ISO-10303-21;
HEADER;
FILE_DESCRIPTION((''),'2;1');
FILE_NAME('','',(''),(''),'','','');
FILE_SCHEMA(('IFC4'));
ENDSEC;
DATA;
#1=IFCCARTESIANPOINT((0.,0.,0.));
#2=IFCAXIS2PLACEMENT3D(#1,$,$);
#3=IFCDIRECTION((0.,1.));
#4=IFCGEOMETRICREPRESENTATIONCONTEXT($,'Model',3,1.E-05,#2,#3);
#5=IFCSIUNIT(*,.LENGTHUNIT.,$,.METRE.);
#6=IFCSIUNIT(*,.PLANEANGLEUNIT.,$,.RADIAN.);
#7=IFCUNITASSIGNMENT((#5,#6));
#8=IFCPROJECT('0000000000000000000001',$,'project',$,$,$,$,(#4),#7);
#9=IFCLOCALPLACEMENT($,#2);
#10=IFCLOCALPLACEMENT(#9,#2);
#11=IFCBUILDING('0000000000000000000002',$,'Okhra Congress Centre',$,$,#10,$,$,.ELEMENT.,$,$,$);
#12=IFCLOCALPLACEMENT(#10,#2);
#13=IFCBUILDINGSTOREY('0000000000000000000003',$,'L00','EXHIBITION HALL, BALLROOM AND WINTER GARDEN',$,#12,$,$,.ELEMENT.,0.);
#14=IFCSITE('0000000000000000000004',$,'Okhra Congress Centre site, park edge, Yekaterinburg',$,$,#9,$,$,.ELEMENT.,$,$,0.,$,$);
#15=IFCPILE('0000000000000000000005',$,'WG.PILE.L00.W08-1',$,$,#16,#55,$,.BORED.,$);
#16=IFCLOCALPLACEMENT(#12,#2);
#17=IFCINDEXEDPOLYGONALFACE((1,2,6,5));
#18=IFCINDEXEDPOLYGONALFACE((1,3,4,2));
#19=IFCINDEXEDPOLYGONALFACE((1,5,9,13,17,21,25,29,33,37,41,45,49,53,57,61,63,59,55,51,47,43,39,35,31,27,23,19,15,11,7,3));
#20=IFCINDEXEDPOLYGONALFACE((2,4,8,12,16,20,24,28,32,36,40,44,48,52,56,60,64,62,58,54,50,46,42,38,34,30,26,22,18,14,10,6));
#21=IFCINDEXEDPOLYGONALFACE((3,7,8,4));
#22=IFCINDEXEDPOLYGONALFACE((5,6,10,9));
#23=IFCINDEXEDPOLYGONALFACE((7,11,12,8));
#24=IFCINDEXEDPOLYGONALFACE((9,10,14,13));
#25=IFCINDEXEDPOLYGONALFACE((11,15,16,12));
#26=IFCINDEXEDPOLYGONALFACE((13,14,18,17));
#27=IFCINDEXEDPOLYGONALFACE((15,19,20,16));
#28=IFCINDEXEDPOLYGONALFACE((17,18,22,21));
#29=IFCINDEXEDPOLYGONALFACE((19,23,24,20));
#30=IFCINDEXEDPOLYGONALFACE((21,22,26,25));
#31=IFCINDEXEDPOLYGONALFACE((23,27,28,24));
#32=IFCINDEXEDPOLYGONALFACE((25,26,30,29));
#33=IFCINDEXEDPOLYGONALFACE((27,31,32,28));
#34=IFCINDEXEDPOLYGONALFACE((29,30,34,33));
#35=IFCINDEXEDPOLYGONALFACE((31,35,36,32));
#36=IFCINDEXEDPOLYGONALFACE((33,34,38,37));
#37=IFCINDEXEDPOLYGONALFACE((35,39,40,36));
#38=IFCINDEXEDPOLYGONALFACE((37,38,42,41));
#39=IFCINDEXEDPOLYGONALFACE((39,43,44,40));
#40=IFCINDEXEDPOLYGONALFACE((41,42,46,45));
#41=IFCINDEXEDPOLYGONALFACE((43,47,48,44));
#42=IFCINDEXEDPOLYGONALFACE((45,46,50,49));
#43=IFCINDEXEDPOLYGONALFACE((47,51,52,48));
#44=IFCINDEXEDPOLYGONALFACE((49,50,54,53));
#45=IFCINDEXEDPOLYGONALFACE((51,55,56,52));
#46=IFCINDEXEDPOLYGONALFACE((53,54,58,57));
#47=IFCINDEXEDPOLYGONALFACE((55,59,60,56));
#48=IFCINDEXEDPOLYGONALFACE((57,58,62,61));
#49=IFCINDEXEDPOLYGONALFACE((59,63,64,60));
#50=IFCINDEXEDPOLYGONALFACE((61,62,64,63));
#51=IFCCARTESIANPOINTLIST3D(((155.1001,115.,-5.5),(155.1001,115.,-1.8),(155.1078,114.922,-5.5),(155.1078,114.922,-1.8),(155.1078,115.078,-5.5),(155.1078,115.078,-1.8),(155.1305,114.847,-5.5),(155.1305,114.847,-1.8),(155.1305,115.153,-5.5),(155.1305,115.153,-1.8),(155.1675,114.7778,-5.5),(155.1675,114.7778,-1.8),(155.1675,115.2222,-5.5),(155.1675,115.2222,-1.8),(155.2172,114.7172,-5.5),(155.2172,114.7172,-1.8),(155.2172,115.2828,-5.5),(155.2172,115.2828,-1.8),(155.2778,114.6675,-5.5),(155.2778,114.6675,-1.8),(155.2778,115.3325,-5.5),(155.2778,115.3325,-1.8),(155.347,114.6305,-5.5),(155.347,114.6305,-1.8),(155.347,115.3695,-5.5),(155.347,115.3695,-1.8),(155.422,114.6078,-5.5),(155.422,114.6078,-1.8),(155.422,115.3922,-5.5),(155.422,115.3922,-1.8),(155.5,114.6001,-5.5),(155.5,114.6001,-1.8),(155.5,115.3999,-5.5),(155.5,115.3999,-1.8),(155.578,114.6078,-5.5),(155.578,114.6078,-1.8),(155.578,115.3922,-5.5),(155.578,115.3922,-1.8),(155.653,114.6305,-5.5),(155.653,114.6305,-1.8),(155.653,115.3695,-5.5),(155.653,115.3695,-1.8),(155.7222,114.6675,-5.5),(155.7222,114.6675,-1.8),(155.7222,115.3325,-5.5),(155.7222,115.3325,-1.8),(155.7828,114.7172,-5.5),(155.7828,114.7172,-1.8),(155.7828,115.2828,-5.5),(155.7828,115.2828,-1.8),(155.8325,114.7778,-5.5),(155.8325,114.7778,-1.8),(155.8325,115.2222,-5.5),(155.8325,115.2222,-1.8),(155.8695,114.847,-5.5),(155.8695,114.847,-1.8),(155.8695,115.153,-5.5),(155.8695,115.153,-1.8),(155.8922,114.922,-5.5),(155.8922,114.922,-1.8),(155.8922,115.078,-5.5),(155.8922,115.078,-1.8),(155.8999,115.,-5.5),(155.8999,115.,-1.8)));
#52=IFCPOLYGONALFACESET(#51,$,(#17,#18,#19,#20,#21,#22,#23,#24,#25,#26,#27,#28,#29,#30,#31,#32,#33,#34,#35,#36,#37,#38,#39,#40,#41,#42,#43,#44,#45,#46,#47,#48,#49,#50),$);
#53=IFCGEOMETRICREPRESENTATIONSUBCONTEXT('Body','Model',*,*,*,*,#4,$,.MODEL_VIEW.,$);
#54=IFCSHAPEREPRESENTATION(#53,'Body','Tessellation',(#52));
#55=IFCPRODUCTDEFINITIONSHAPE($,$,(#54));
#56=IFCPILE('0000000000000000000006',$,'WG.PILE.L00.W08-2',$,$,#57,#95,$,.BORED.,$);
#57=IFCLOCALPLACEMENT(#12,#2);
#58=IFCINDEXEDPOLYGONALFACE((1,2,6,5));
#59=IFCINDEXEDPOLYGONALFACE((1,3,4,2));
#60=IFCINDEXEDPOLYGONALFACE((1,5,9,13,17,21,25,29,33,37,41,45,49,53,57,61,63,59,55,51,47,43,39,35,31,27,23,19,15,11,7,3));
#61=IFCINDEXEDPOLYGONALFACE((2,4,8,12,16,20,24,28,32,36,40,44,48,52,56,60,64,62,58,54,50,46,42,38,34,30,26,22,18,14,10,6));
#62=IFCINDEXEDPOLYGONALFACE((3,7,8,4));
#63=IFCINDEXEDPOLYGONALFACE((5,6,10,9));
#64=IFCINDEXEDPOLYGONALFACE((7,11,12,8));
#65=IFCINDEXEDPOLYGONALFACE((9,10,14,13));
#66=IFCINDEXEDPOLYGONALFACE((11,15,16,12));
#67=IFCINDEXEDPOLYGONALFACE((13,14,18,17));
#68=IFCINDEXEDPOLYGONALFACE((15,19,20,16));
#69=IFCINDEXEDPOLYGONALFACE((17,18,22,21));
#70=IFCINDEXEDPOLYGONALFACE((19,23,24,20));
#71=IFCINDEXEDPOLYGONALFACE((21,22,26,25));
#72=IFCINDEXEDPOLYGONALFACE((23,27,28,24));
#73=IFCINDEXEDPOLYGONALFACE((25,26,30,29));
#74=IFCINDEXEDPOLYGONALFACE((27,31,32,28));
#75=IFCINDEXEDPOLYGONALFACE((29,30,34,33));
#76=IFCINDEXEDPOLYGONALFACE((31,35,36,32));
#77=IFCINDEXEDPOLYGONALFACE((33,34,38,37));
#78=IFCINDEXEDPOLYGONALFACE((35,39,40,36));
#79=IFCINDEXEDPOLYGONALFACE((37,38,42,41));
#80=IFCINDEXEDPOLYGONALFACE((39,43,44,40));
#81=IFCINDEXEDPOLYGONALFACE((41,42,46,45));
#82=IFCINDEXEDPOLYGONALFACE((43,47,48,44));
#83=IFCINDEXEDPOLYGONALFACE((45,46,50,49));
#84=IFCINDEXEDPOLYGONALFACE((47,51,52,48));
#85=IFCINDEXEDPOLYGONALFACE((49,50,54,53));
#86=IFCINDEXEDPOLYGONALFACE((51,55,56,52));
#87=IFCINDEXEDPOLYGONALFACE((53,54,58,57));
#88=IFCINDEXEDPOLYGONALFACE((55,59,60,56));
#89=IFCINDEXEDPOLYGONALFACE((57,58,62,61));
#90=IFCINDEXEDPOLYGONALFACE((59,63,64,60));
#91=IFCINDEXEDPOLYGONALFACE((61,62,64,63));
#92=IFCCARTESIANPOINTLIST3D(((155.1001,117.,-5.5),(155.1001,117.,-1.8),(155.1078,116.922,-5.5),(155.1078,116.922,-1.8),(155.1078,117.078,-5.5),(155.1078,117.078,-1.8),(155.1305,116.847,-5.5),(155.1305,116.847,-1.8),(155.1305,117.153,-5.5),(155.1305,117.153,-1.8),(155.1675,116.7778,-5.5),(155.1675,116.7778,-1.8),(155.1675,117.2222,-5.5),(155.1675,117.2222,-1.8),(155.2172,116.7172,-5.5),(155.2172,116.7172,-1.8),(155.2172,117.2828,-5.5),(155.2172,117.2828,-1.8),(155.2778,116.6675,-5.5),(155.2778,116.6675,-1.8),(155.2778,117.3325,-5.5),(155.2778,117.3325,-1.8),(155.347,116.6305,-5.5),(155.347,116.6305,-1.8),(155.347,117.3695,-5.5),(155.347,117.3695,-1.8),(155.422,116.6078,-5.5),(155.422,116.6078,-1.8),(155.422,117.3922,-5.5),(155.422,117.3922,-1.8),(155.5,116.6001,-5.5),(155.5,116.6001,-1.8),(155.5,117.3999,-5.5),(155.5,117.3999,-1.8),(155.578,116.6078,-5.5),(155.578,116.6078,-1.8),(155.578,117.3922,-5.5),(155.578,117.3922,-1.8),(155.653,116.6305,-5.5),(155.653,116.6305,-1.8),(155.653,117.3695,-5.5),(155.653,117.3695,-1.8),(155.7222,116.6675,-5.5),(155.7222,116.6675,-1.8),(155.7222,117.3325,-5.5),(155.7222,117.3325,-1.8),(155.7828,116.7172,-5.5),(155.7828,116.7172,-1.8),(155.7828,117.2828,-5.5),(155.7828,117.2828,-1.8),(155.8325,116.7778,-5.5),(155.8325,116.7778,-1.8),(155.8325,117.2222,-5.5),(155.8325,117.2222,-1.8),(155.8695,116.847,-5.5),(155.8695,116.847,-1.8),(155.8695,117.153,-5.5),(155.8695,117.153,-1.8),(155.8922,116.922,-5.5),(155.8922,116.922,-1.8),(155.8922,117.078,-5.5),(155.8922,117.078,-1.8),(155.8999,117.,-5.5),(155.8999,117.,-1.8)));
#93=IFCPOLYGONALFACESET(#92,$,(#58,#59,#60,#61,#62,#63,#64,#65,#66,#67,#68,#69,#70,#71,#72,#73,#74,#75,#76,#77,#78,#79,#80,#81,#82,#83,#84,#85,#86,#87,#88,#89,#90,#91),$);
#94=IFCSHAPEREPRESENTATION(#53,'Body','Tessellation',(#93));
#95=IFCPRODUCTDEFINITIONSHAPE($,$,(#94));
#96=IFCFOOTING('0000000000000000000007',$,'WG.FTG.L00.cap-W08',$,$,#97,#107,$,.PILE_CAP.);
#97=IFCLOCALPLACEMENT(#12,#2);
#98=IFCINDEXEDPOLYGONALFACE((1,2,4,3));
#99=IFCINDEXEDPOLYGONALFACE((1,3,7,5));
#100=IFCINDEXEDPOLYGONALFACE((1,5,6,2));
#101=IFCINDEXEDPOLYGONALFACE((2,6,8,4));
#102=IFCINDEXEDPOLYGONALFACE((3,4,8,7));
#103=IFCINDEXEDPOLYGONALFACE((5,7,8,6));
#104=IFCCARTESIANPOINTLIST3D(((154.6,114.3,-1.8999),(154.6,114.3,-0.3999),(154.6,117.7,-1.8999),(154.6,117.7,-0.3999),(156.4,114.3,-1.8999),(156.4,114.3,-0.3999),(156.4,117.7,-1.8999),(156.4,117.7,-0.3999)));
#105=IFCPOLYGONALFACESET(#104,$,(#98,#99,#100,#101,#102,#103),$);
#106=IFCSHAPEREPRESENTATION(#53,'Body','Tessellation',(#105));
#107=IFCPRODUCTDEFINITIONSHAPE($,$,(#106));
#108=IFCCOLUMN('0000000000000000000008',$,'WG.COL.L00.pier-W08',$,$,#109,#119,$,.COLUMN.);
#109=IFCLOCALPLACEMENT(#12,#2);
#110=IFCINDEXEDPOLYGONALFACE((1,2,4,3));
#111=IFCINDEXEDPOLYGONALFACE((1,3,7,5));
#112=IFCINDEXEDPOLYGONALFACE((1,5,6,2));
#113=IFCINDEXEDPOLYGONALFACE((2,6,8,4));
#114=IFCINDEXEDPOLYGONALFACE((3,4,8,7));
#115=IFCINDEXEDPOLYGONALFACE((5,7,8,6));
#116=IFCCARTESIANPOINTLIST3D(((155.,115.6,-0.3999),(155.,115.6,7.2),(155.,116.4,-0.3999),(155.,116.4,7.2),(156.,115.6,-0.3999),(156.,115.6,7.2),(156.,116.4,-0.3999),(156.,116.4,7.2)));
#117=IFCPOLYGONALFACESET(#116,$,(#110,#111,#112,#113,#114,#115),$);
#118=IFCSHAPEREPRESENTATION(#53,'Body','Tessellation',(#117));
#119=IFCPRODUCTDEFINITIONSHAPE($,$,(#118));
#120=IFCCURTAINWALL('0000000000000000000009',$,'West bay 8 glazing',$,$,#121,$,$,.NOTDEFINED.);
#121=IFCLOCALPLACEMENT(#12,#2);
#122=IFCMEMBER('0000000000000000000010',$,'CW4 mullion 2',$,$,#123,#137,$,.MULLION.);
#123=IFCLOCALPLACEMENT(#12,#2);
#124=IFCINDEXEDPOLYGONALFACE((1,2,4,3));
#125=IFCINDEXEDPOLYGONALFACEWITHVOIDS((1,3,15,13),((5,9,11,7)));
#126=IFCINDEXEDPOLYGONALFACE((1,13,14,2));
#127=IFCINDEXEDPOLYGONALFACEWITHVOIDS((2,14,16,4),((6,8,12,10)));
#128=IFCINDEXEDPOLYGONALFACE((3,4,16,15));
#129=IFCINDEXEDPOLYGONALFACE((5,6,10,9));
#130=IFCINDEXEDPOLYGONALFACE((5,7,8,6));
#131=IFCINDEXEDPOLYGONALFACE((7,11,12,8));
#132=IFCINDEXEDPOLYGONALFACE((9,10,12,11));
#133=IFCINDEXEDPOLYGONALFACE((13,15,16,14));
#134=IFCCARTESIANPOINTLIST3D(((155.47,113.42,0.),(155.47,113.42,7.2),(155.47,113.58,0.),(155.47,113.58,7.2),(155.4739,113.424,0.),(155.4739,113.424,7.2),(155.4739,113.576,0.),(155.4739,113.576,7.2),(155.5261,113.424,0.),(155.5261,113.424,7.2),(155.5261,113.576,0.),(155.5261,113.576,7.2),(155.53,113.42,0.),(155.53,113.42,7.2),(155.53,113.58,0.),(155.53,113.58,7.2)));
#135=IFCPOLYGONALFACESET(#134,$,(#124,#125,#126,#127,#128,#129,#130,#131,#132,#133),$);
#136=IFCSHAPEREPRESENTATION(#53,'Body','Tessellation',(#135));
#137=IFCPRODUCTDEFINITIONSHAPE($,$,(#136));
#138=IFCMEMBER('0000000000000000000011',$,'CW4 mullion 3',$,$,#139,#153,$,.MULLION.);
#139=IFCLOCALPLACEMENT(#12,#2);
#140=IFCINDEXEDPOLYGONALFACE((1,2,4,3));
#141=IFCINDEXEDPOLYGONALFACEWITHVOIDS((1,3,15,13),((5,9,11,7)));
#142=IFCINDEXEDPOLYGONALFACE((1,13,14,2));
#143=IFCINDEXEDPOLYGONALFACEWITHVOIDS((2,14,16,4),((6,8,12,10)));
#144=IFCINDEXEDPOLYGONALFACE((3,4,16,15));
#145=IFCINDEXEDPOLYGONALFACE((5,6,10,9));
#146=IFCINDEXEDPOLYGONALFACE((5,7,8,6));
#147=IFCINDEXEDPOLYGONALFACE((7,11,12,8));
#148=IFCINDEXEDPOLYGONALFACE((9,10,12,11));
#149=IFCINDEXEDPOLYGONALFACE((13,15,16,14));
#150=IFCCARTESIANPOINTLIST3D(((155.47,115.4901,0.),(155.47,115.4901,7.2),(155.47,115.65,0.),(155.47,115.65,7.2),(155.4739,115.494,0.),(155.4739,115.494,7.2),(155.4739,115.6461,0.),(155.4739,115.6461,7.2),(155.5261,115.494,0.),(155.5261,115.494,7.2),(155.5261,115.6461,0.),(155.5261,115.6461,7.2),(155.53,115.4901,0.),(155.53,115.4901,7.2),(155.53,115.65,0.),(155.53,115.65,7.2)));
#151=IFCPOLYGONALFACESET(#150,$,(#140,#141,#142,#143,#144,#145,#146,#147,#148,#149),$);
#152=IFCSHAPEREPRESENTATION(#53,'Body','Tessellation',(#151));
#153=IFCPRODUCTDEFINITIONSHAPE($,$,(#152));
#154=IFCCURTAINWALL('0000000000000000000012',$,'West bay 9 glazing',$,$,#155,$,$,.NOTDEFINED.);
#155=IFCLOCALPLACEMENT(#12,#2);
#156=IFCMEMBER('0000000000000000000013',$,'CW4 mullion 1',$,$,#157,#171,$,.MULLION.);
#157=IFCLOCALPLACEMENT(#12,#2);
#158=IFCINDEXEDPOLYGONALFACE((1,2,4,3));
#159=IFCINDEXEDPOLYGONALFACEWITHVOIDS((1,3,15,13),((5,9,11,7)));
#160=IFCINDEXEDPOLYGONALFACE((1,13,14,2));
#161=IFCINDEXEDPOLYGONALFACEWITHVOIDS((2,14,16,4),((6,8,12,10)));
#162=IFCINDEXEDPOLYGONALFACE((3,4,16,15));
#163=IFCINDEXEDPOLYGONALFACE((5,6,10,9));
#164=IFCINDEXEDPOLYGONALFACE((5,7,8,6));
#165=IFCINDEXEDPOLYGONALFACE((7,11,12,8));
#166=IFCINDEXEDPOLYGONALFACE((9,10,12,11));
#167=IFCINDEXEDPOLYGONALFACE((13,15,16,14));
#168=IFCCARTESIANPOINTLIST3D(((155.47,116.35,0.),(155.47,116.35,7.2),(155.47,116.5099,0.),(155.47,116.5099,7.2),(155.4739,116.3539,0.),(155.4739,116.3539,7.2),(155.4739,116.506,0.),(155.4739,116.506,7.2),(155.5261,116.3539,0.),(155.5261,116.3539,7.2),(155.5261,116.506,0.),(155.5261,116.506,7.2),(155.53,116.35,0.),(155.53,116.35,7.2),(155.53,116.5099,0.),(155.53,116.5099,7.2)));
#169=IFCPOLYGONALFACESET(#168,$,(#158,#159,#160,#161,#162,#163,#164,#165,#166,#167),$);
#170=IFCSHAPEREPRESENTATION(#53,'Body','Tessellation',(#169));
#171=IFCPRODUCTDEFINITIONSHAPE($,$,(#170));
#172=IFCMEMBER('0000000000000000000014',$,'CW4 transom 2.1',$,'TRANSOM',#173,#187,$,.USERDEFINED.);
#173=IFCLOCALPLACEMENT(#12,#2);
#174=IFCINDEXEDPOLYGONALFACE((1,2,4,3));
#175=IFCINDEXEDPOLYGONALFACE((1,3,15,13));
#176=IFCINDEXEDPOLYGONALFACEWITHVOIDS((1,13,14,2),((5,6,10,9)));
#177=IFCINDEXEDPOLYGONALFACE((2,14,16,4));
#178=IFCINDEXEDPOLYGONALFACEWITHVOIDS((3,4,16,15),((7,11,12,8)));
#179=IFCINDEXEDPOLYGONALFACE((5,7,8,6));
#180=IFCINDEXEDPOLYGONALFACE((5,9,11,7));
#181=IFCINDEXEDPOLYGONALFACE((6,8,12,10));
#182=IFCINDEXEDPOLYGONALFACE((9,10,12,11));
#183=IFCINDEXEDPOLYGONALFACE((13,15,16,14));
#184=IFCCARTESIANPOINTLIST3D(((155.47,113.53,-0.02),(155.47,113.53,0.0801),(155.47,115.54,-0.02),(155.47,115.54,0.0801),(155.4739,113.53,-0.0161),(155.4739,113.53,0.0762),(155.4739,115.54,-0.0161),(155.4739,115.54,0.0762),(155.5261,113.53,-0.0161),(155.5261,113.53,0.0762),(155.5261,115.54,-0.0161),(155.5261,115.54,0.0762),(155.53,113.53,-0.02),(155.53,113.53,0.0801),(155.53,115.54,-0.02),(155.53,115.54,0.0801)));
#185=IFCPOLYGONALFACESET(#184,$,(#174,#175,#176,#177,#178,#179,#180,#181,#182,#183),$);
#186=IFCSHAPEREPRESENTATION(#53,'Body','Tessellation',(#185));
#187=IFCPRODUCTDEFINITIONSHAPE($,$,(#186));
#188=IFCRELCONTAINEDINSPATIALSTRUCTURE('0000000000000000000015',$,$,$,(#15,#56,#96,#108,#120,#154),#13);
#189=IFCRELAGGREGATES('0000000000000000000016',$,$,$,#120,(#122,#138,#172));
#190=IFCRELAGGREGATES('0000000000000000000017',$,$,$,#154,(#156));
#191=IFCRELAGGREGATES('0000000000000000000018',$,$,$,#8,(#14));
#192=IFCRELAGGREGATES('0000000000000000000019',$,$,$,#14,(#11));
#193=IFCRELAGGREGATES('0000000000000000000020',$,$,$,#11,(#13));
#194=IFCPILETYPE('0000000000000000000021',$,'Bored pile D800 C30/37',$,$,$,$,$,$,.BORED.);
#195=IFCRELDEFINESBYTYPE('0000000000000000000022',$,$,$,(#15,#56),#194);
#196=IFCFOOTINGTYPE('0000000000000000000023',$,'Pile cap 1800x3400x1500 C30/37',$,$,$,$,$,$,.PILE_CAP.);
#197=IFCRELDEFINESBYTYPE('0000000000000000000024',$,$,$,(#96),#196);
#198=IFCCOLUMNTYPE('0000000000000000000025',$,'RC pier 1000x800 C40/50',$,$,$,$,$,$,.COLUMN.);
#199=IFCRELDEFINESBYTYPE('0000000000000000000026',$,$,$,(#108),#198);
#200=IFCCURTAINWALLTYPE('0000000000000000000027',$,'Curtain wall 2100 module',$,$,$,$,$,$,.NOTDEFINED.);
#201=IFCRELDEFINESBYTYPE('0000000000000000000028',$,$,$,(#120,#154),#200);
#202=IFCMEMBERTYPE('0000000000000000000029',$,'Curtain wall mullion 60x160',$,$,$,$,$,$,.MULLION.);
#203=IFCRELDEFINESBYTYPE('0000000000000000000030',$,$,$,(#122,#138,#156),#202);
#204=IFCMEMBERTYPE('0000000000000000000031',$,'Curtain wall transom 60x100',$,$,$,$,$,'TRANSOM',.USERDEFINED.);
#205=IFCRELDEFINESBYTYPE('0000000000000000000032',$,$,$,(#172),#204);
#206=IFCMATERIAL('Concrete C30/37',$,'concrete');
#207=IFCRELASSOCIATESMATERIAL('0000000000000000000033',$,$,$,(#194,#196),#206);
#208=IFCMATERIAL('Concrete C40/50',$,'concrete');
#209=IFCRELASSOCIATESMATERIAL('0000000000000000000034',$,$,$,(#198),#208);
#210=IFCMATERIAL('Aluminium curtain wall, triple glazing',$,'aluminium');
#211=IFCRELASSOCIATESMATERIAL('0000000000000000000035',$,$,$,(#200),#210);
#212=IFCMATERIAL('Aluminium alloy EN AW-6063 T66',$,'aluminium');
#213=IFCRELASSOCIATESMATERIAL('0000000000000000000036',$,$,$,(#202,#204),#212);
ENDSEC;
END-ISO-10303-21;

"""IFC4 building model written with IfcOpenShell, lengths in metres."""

from ifc_helpers import new_model, si_unit, direction, frame, origin, origin_2d, place, context, subcontext, project, spatial, rectangle, hollow_rectangle, circle, extrude, material, material_profile, profile_set, type_object, element, aggregate, save


model = new_model("IFC4")

# Units and contexts
model_context = context("Model", 3, precision=1e-05, world=origin(), true_north=direction((0.0, 1.0)))
body_context = subcontext(model_context, "Body", "Model", "MODEL_VIEW")
ifc_project = project(units=[si_unit("LENGTHUNIT", "METRE"), si_unit("PLANEANGLEUNIT", "RADIAN")], contexts=[model_context])

# Site, building, storey
site_placement = place(None, origin())
site = spatial("IfcSite", under=ifc_project, at=site_placement, Name="Okhra Congress Centre site, park edge, Yekaterinburg", CompositionType="ELEMENT", RefElevation=0.0)
building_placement = place(site_placement, origin())
building = spatial("IfcBuilding", under=site, at=building_placement, Name="Okhra Congress Centre", CompositionType="ELEMENT")
storey_placement = place(building_placement, origin())
storey = spatial("IfcBuildingStorey", under=building, at=storey_placement, Name="L00", Description="EXHIBITION HALL, BALLROOM AND WINTER GARDEN", CompositionType="ELEMENT", Elevation=0.0)

# Piles
ifc_material_1 = material(Name="Concrete C30/37", Category="concrete")
ifc_material_profile_1 = material_profile(ifc_material_1, circle(Radius=0.3999, at=origin_2d()), Name="D800")
ifc_profile_set_1 = profile_set([ifc_material_profile_1], Name="Concrete C30/37")
pile_type = type_object("IfcPileType", Name="Bored pile D800 C30/37", PredefinedType="BORED", material=ifc_profile_set_1)
for number, where, z_axis, x_axis, name in (
    (1, (155.5, 115.0, -1.8), (0.0, 0.0, -1.0), (1.0, 0.0, 0.0), "WG.PILE.L00.W08-1"),
    (2, (155.5, 117.0, -1.8), (0.0, 0.0, -1.0), (1.0, 0.0, 0.0), "WG.PILE.L00.W08-2"),
):
    element("IfcPile", number, at=place(storey_placement, frame(where, z_axis=z_axis, x_axis=x_axis)), inside=storey, type_object=pile_type, Name=name, PredefinedType="BORED", context=body_context, shape_type="SweptSolid", body=[
        extrude(circle(Radius=0.3999, at=origin_2d()), origin(), (0.0, 0.0, 1.0), 3.7),
    ])

# Footing
footing_type = type_object("IfcFootingType", Name="Pile cap 1800x3400x1500 C30/37", PredefinedType="PILE_CAP", material=ifc_material_1)
footing_placement = place(storey_placement, frame((155.5, 116.0, -1.8999), z_axis=(0.0, 0.0, 1.0), x_axis=(1.0, 0.0, 0.0)))
element("IfcFooting", 3, at=footing_placement, inside=storey, type_object=footing_type, Name="WG.FTG.L00.cap-W08", PredefinedType="PILE_CAP", context=body_context, shape_type="SweptSolid", body=[
    extrude(rectangle(XDim=1.8, YDim=3.3999, at=origin_2d()), origin(), (0.0, 0.0, 1.0), 1.5),
])

# Column
ifc_material_2 = material(Name="Concrete C40/50", Category="concrete")
ifc_material_profile_2 = material_profile(ifc_material_2, rectangle(XDim=1.0, YDim=0.8, at=origin_2d()), Name="RC 1000x800")
ifc_profile_set_2 = profile_set([ifc_material_profile_2], Name="Concrete C40/50")
column_type = type_object("IfcColumnType", Name="RC pier 1000x800 C40/50", PredefinedType="COLUMN", material=ifc_profile_set_2)
column_placement = place(storey_placement, frame((155.5, 116.0, -0.3999), z_axis=(0.0, 0.0, 1.0), x_axis=(1.0, 0.0, 0.0)))
element("IfcColumn", 4, at=column_placement, inside=storey, type_object=column_type, Name="WG.COL.L00.pier-W08", PredefinedType="COLUMN", context=body_context, shape_type="SweptSolid", body=[
    extrude(rectangle(XDim=1.0, YDim=0.8, at=origin_2d()), origin(), (0.0, 0.0, 1.0), 7.5999),
])

# Curtain wall, members
ifc_material_3 = material(Name="Aluminium curtain wall, triple glazing", Category="aluminium")
curtain_wall_type = type_object("IfcCurtainWallType", Name="Curtain wall 2100 module", PredefinedType="NOTDEFINED", material=ifc_material_3)
curtain_wall_1_placement = place(storey_placement, origin())
curtain_wall_1 = element("IfcCurtainWall", 5, at=curtain_wall_1_placement, inside=storey, type_object=curtain_wall_type, Name="West bay 8 glazing", PredefinedType="NOTDEFINED")
ifc_material_4 = material(Name="Aluminium alloy EN AW-6063 T66", Category="aluminium")
ifc_material_profile_3 = material_profile(ifc_material_4, hollow_rectangle(XDim=0.0601, YDim=0.1599, WallThickness=0.0039, at=origin_2d()), Name="RHS 60x160x4")
ifc_profile_set_3 = profile_set([ifc_material_profile_3], Name="Aluminium alloy EN AW-6063 T66")
member_type_1 = type_object("IfcMemberType", Name="Curtain wall mullion 60x160", PredefinedType="MULLION", material=ifc_profile_set_3)
member_1_placement = place(storey_placement, frame((155.5, 113.5, 0.0), z_axis=(0.0, 0.0, 1.0), x_axis=(-1.0, 0.0, 0.0)))
member_1 = element("IfcMember", 6, at=member_1_placement, type_object=member_type_1, Name="CW4 mullion 2", PredefinedType="MULLION", context=body_context, shape_type="SweptSolid", body=[
    extrude(hollow_rectangle(XDim=0.0601, YDim=0.1599, WallThickness=0.0039, at=origin_2d()), origin(), (0.0, 0.0, 1.0), 7.2),
])
member_2_placement = place(storey_placement, frame((155.5, 115.5701, 0.0), z_axis=(0.0, 0.0, 1.0), x_axis=(-1.0, 0.0, 0.0)))
member_2 = element("IfcMember", 7, at=member_2_placement, type_object=member_type_1, Name="CW4 mullion 3", PredefinedType="MULLION", context=body_context, shape_type="SweptSolid", body=[
    extrude(hollow_rectangle(XDim=0.0601, YDim=0.1599, WallThickness=0.0039, at=origin_2d()), origin(), (0.0, 0.0, 1.0), 7.2),
])

# Curtain wall, member
curtain_wall_2_placement = place(storey_placement, origin())
curtain_wall_2 = element("IfcCurtainWall", 8, at=curtain_wall_2_placement, inside=storey, type_object=curtain_wall_type, Name="West bay 9 glazing", PredefinedType="NOTDEFINED")
member_3_placement = place(storey_placement, frame((155.5, 116.4299, 0.0), z_axis=(0.0, 0.0, 1.0), x_axis=(-1.0, 0.0, 0.0)))
member_3 = element("IfcMember", 9, at=member_3_placement, type_object=member_type_1, Name="CW4 mullion 1", PredefinedType="MULLION", context=body_context, shape_type="SweptSolid", body=[
    extrude(hollow_rectangle(XDim=0.0601, YDim=0.1599, WallThickness=0.0039, at=origin_2d()), origin(), (0.0, 0.0, 1.0), 7.2),
])

# Member
ifc_material_profile_4 = material_profile(ifc_material_4, hollow_rectangle(XDim=0.0601, YDim=0.1001, WallThickness=0.0039, at=origin_2d()), Name="RHS 60x100x4")
ifc_profile_set_4 = profile_set([ifc_material_profile_4], Name="Aluminium alloy EN AW-6063 T66")
member_type_2 = type_object("IfcMemberType", Name="Curtain wall transom 60x100", ElementType="TRANSOM", PredefinedType="USERDEFINED", material=ifc_profile_set_4)
member_4_placement = place(storey_placement, frame((155.5, 113.53, 0.03), z_axis=(0.0, 1.0, 0.0), x_axis=(-1.0, 0.0, 0.0)))
member_4 = element("IfcMember", 10, at=member_4_placement, type_object=member_type_2, Name="CW4 transom 2.1", ObjectType="TRANSOM", PredefinedType="USERDEFINED", context=body_context, shape_type="SweptSolid", body=[
    extrude(hollow_rectangle(XDim=0.0601, YDim=0.1001, WallThickness=0.0039, at=origin_2d()), origin(), (0.0, 0.0, 1.0), 2.01),
])

aggregate(curtain_wall_1, [member_1, member_2, member_4])
aggregate(curtain_wall_2, [member_3])

save(model, "model.ifc")
